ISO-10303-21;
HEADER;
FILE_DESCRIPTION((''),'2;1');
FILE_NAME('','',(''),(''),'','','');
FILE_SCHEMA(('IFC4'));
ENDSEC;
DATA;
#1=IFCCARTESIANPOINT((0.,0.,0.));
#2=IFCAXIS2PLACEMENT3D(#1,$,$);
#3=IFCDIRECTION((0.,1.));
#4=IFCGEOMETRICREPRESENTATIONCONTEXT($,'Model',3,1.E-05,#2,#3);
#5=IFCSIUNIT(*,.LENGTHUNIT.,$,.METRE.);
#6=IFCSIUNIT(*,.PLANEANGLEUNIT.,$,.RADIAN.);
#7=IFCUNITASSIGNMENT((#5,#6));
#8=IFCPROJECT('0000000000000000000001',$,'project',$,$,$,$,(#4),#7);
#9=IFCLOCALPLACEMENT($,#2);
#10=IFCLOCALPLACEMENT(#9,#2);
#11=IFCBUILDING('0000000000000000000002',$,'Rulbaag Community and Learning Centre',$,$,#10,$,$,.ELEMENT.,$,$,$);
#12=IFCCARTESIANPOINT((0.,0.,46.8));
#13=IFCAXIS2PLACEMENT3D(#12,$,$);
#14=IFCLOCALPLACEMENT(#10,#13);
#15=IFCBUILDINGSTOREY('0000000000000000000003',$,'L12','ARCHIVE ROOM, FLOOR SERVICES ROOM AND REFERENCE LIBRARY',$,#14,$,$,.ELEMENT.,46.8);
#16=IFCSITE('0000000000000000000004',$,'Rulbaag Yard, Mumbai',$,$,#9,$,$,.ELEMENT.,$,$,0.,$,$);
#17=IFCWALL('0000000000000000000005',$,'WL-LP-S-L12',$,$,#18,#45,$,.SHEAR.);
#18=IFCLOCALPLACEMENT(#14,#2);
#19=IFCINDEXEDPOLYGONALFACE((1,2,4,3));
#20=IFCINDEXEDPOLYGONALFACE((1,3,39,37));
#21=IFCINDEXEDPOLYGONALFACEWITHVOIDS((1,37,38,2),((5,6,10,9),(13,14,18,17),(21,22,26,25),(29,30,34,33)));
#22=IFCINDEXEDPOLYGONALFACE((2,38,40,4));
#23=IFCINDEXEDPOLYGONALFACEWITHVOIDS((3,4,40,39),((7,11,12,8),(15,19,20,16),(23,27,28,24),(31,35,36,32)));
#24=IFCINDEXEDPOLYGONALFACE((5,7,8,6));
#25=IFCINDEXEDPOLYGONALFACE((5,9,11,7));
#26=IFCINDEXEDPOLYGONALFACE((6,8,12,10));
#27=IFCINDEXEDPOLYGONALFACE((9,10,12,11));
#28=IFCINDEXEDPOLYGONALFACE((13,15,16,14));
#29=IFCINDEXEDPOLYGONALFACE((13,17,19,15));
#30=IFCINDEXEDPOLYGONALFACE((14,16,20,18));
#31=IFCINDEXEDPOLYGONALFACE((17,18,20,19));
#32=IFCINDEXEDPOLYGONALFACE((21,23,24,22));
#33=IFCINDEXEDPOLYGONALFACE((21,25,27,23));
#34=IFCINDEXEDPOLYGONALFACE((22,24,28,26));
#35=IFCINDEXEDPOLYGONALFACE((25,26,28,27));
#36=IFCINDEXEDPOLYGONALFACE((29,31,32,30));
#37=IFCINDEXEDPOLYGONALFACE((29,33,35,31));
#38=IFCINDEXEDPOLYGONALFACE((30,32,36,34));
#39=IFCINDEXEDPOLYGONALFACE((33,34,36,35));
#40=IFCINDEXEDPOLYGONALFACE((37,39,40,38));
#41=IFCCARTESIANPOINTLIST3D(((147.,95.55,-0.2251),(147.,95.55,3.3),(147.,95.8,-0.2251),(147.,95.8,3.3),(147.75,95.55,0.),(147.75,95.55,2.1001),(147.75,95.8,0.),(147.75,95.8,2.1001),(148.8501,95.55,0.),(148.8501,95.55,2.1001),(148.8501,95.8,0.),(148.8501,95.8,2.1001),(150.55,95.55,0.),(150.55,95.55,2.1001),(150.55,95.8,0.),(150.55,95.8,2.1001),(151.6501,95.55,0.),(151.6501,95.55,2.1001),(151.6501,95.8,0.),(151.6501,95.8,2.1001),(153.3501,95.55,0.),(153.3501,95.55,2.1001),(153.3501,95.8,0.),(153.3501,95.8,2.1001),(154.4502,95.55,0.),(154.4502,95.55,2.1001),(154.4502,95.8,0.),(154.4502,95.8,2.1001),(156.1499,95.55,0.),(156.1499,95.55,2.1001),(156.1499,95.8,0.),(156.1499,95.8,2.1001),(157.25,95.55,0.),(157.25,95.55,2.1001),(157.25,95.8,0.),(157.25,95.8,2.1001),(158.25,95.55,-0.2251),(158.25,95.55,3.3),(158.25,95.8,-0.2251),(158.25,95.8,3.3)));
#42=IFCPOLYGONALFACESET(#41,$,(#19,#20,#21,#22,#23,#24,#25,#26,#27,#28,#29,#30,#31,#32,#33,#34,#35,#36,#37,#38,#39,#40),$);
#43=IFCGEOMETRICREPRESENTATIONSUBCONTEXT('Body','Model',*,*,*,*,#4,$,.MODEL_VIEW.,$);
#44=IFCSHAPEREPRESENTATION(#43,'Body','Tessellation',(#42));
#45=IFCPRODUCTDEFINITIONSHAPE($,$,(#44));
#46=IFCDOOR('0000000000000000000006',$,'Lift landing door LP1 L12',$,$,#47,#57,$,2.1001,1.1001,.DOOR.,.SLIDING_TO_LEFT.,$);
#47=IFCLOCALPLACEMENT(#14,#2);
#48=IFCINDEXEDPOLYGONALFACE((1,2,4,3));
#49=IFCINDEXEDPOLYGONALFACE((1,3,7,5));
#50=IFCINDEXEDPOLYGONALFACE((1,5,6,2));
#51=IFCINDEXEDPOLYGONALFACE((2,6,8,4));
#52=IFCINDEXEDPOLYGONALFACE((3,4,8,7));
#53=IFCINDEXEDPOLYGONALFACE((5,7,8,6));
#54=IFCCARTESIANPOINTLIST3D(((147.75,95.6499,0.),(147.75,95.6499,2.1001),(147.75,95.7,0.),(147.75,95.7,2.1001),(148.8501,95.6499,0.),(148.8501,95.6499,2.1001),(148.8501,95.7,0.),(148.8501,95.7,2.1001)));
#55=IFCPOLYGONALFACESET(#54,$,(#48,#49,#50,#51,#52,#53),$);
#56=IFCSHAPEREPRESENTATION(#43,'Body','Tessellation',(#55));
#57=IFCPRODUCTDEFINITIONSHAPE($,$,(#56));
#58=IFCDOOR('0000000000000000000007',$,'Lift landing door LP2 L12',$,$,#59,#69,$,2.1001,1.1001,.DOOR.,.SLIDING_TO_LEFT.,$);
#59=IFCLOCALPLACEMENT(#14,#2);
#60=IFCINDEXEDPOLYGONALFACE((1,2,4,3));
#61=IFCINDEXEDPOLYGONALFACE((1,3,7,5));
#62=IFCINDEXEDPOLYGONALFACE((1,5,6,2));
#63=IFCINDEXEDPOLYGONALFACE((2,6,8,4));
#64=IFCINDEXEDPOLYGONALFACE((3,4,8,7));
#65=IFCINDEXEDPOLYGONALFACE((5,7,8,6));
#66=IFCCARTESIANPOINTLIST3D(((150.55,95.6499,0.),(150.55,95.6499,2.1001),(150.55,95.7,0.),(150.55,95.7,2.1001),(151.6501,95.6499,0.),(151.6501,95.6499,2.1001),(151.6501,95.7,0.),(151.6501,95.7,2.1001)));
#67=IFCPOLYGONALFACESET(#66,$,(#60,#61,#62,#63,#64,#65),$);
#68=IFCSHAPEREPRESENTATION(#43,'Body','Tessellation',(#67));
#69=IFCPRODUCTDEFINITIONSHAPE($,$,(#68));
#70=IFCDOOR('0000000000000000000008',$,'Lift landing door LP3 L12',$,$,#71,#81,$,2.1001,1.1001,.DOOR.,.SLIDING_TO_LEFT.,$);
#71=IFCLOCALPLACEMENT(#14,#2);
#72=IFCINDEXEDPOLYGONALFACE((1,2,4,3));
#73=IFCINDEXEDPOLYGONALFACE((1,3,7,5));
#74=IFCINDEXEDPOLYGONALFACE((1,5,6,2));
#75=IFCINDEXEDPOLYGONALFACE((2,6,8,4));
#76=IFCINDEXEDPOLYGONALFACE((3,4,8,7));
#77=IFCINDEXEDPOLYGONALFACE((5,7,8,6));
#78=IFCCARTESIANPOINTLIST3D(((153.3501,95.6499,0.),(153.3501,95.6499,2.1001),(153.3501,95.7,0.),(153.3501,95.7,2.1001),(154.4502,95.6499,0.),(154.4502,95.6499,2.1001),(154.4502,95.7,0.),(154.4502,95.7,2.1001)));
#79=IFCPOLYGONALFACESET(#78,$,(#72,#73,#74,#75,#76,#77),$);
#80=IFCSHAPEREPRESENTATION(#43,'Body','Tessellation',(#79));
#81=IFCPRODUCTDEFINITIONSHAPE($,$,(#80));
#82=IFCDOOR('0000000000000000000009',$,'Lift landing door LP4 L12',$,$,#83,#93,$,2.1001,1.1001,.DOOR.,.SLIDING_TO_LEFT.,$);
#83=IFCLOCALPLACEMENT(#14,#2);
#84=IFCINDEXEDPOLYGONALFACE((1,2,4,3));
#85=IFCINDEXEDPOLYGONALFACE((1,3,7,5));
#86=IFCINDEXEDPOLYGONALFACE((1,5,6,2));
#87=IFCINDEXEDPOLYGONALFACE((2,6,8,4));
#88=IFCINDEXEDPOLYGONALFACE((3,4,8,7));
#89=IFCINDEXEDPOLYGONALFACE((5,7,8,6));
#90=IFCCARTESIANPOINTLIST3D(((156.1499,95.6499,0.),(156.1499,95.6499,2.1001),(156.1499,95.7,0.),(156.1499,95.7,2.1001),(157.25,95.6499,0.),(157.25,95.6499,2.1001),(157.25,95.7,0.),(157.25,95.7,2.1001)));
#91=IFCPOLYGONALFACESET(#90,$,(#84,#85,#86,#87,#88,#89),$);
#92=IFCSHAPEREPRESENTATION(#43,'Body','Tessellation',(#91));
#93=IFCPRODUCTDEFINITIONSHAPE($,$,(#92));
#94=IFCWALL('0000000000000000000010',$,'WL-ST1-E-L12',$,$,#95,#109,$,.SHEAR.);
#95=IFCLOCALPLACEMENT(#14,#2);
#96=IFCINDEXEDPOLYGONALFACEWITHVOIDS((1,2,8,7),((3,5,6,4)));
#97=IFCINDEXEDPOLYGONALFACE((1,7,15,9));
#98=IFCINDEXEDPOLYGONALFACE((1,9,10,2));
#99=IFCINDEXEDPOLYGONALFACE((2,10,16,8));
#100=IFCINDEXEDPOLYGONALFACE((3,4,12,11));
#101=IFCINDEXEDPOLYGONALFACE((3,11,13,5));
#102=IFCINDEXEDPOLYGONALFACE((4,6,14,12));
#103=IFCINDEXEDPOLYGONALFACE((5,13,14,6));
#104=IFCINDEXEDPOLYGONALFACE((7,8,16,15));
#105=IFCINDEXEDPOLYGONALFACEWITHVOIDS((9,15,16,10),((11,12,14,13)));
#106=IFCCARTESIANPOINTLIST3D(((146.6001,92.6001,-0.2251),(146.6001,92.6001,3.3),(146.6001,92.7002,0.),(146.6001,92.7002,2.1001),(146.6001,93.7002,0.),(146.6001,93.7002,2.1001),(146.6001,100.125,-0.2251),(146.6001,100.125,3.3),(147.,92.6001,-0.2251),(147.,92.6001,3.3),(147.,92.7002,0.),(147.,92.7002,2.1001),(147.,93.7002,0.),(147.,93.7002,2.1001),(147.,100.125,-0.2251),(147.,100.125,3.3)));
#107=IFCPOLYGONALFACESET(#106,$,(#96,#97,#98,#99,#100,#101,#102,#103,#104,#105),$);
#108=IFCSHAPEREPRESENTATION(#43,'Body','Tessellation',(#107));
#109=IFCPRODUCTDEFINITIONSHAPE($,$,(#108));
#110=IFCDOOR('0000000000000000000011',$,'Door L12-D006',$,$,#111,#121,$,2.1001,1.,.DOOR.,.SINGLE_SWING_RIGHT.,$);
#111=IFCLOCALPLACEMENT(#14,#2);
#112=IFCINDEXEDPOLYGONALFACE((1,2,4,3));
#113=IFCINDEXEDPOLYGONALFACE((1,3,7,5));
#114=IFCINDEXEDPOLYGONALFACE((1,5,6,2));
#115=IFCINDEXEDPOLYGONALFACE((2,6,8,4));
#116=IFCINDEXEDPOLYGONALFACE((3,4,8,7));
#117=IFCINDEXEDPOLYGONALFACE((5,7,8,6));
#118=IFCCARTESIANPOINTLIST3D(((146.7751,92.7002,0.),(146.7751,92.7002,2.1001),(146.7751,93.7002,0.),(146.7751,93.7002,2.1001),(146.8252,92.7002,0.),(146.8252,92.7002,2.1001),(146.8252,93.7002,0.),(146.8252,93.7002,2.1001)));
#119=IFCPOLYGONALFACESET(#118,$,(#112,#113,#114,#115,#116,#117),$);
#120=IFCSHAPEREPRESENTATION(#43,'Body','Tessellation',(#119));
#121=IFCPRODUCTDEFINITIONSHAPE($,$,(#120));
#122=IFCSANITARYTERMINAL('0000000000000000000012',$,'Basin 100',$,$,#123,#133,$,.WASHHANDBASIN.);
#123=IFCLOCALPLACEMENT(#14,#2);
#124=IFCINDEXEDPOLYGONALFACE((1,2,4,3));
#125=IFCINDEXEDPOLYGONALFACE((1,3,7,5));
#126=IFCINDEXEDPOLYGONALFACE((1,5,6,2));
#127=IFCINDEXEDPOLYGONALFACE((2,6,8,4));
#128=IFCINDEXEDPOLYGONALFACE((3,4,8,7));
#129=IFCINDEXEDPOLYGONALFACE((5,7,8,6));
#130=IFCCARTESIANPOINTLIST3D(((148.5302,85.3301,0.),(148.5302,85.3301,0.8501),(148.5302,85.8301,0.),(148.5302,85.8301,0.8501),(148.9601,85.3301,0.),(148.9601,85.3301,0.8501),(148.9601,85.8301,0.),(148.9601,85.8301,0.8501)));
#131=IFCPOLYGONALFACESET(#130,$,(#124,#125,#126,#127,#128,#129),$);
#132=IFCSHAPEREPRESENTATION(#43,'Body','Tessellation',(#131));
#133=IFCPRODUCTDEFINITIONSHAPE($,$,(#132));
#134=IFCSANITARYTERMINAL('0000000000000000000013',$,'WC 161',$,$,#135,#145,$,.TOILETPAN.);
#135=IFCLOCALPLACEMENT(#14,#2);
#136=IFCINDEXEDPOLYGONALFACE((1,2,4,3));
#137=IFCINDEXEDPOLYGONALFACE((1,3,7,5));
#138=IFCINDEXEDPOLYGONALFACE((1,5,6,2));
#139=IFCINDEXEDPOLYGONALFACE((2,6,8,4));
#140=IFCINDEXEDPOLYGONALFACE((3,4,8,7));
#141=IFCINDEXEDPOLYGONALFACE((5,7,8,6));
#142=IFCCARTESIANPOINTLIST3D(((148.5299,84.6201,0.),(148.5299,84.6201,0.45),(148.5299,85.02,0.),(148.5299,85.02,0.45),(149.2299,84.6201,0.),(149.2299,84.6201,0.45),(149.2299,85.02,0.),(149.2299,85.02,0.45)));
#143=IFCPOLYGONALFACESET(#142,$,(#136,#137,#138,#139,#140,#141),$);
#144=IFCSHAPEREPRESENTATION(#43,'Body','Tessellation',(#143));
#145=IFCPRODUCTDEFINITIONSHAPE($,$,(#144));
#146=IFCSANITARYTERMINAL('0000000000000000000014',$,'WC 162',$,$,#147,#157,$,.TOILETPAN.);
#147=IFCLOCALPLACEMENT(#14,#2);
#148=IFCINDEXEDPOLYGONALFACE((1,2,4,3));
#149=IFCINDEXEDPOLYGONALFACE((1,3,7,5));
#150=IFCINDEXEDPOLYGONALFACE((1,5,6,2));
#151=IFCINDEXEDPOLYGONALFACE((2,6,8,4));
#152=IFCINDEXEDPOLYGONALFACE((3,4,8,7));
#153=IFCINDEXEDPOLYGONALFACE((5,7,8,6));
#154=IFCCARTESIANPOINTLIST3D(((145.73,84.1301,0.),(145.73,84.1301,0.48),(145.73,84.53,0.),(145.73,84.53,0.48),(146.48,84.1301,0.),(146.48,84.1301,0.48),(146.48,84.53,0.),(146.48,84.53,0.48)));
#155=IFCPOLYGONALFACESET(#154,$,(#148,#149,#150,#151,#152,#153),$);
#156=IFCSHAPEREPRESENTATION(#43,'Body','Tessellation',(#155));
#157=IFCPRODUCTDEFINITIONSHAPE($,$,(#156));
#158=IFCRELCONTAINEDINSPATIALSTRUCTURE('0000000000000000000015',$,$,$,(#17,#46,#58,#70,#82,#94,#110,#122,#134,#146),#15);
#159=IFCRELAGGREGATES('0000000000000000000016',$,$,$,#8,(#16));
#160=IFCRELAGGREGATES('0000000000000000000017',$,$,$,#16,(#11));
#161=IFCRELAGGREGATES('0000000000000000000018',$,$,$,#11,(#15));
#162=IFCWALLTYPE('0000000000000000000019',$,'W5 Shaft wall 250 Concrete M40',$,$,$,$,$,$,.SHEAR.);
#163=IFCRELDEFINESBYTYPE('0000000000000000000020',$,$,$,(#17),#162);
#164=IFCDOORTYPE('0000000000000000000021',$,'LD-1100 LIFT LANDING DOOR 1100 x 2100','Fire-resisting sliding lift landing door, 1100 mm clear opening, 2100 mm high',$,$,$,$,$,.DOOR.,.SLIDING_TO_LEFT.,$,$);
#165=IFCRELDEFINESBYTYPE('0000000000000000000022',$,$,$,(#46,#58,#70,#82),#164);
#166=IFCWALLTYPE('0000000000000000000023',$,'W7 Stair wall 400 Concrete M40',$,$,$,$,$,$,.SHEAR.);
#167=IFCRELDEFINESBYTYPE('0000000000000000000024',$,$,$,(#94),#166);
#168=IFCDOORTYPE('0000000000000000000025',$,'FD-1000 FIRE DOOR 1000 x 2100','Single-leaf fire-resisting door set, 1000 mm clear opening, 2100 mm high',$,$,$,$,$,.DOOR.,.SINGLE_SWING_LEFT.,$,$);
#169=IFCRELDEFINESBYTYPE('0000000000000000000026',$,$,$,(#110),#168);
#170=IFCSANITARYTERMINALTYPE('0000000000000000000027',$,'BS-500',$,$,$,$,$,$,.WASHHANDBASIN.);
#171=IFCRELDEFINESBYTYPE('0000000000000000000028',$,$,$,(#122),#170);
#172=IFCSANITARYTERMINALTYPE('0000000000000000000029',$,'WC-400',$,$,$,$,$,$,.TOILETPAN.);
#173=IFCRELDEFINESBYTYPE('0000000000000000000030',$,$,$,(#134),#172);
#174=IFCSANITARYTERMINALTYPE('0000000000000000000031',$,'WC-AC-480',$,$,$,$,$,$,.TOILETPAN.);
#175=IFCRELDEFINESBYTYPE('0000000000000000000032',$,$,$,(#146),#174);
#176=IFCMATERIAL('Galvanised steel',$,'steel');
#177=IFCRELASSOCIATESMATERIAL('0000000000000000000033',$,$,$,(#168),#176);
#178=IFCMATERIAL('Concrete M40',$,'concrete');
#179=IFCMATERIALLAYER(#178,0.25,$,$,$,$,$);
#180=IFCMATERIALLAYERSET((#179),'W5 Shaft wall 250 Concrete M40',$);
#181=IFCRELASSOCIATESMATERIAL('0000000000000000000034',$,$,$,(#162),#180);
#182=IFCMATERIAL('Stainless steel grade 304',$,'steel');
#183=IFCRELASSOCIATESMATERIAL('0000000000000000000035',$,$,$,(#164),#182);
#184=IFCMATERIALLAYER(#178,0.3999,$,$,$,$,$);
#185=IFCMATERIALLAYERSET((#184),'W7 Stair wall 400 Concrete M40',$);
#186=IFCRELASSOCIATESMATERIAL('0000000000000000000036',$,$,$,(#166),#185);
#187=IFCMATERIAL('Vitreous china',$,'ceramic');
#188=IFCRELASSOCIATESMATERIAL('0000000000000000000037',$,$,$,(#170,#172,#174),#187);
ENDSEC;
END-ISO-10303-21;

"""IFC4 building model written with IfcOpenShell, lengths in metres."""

from ifc_helpers import new_model, si_unit, direction, frame, frame_2d, origin, origin_2d, place, context, subcontext, project, spatial, rectangle, extrude, material, layer, layer_set, type_object, element, fill, save


model = new_model("IFC4")

# Units and contexts
model_context = context("Model", 3, precision=1e-05, world=origin(), true_north=direction((0.0, 1.0)))
body_context = subcontext(model_context, "Body", "Model", "MODEL_VIEW")
ifc_project = project(units=[si_unit("LENGTHUNIT", "METRE"), si_unit("PLANEANGLEUNIT", "RADIAN")], contexts=[model_context])

# Site, building, storey
site_placement = place(None, origin())
site = spatial("IfcSite", under=ifc_project, at=site_placement, Name="Rulbaag Yard, Mumbai", CompositionType="ELEMENT", RefElevation=0.0)
building_placement = place(site_placement, origin())
building = spatial("IfcBuilding", under=site, at=building_placement, Name="Rulbaag Community and Learning Centre", CompositionType="ELEMENT")
storey_placement = place(building_placement, frame((0.0, 0.0, 46.8)))
storey = spatial("IfcBuildingStorey", under=building, at=storey_placement, Name="L12", Description="ARCHIVE ROOM, FLOOR SERVICES ROOM AND REFERENCE LIBRARY", CompositionType="ELEMENT", Elevation=46.8)

# Shared definitions
ifc_material_1 = material(Name="Concrete M40", Category="concrete")

# Shared definitions
ifc_material_2 = material(Name="Galvanised steel", Category="steel")
door_type_1 = type_object("IfcDoorType", Name="FD-1000 FIRE DOOR 1000 x 2100", Description="Single-leaf fire-resisting door set, 1000 mm clear opening, 2100 mm high", OperationType="SINGLE_SWING_LEFT", PredefinedType="DOOR", material=ifc_material_2)

# Wall, openings, doors
ifc_layer_1 = layer(ifc_material_1, 0.25)
ifc_layer_set_1 = layer_set([ifc_layer_1], Name="W5 Shaft wall 250 Concrete M40")
wall_type_1 = type_object("IfcWallType", Name="W5 Shaft wall 250 Concrete M40", PredefinedType="SHEAR", material=ifc_layer_set_1)
wall_1_placement = place(storey_placement, frame((147.0, 95.675, -0.2251), z_axis=(0.0, 0.0, 1.0), x_axis=(1.0, 0.0, 0.0)))
wall_1 = element("IfcWall", 1, at=wall_1_placement, inside=storey, type_object=wall_type_1, Name="WL-LP-S-L12", PredefinedType="SHEAR", context=body_context, shape_type="SweptSolid", body=[
    extrude(rectangle(XDim=11.25, YDim=0.25, at=frame_2d((5.625, 0.0))), origin(), (0.0, 0.0, 1.0), 3.5251),
])
opening_1_placement = place(wall_1_placement, frame((0.75, 0.0, 0.2251)))
opening_1 = element("IfcOpeningElement", 2, at=opening_1_placement, cuts=wall_1, PredefinedType="OPENING", context=body_context, shape_type="SweptSolid", body=[
    extrude(rectangle(XDim=1.1001, YDim=2.1001, at=frame_2d((0.55, 1.05))), frame((0.0, 0.135, 0.0), z_axis=(0.0, -1.0, 0.0), x_axis=(1.0, 0.0, 0.0)), (0.0, 0.0, 1.0), 0.27),
])
opening_2_placement = place(wall_1_placement, frame((3.55, 0.0, 0.2251)))
opening_2 = element("IfcOpeningElement", 3, at=opening_2_placement, cuts=wall_1, PredefinedType="OPENING", context=body_context, shape_type="SweptSolid", body=[
    extrude(rectangle(XDim=1.1001, YDim=2.1001, at=frame_2d((0.55, 1.05))), frame((0.0, 0.135, 0.0), z_axis=(0.0, -1.0, 0.0), x_axis=(1.0, 0.0, 0.0)), (0.0, 0.0, 1.0), 0.27),
])
opening_3_placement = place(wall_1_placement, frame((6.3501, 0.0, 0.2251)))
opening_3 = element("IfcOpeningElement", 4, at=opening_3_placement, cuts=wall_1, PredefinedType="OPENING", context=body_context, shape_type="SweptSolid", body=[
    extrude(rectangle(XDim=1.1001, YDim=2.1001, at=frame_2d((0.55, 1.05))), frame((0.0, 0.135, 0.0), z_axis=(0.0, -1.0, 0.0), x_axis=(1.0, 0.0, 0.0)), (0.0, 0.0, 1.0), 0.27),
])
opening_4_placement = place(wall_1_placement, frame((9.1499, 0.0, 0.2251)))
opening_4 = element("IfcOpeningElement", 5, at=opening_4_placement, cuts=wall_1, PredefinedType="OPENING", context=body_context, shape_type="SweptSolid", body=[
    extrude(rectangle(XDim=1.1001, YDim=2.1001, at=frame_2d((0.55, 1.05))), frame((0.0, 0.135, 0.0), z_axis=(0.0, -1.0, 0.0), x_axis=(1.0, 0.0, 0.0)), (0.0, 0.0, 1.0), 0.27),
])
ifc_material_3 = material(Name="Stainless steel grade 304", Category="steel")
door_type_2 = type_object("IfcDoorType", Name="LD-1100 LIFT LANDING DOOR 1100 x 2100", Description="Fire-resisting sliding lift landing door, 1100 mm clear opening, 2100 mm high", OperationType="SLIDING_TO_LEFT", PredefinedType="DOOR", material=ifc_material_3)
door_1_placement = place(opening_1_placement, origin())
door_1 = element("IfcDoor", 6, at=door_1_placement, inside=storey, type_object=door_type_2, Name="Lift landing door LP1 L12", OperationType="SLIDING_TO_LEFT", OverallHeight=2.1001, OverallWidth=1.1001, PredefinedType="DOOR", context=body_context, shape_type="SweptSolid", body=[
    extrude(rectangle(XDim=1.1001, YDim=2.1001, at=frame_2d((0.55, 1.05))), frame((0.0, 0.0249, 0.0), z_axis=(0.0, -1.0, 0.0), x_axis=(1.0, 0.0, 0.0)), (0.0, 0.0, 1.0), 0.05),
])
fill(opening_1, door_1)
door_2_placement = place(opening_2_placement, origin())
door_2 = element("IfcDoor", 7, at=door_2_placement, inside=storey, type_object=door_type_2, Name="Lift landing door LP2 L12", OperationType="SLIDING_TO_LEFT", OverallHeight=2.1001, OverallWidth=1.1001, PredefinedType="DOOR", context=body_context, shape_type="SweptSolid", body=[
    extrude(rectangle(XDim=1.1001, YDim=2.1001, at=frame_2d((0.55, 1.05))), frame((0.0, 0.0249, 0.0), z_axis=(0.0, -1.0, 0.0), x_axis=(1.0, 0.0, 0.0)), (0.0, 0.0, 1.0), 0.05),
])
fill(opening_2, door_2)
door_3_placement = place(opening_3_placement, origin())
door_3 = element("IfcDoor", 8, at=door_3_placement, inside=storey, type_object=door_type_2, Name="Lift landing door LP3 L12", OperationType="SLIDING_TO_LEFT", OverallHeight=2.1001, OverallWidth=1.1001, PredefinedType="DOOR", context=body_context, shape_type="SweptSolid", body=[
    extrude(rectangle(XDim=1.1001, YDim=2.1001, at=frame_2d((0.55, 1.05))), frame((0.0, 0.0249, 0.0), z_axis=(0.0, -1.0, 0.0), x_axis=(1.0, 0.0, 0.0)), (0.0, 0.0, 1.0), 0.05),
])
fill(opening_3, door_3)
door_4_placement = place(opening_4_placement, origin())
door_4 = element("IfcDoor", 9, at=door_4_placement, inside=storey, type_object=door_type_2, Name="Lift landing door LP4 L12", OperationType="SLIDING_TO_LEFT", OverallHeight=2.1001, OverallWidth=1.1001, PredefinedType="DOOR", context=body_context, shape_type="SweptSolid", body=[
    extrude(rectangle(XDim=1.1001, YDim=2.1001, at=frame_2d((0.55, 1.05))), frame((0.0, 0.0249, 0.0), z_axis=(0.0, -1.0, 0.0), x_axis=(1.0, 0.0, 0.0)), (0.0, 0.0, 1.0), 0.05),
])
fill(opening_4, door_4)

# Wall, opening, door
ifc_layer_2 = layer(ifc_material_1, 0.3999)
ifc_layer_set_2 = layer_set([ifc_layer_2], Name="W7 Stair wall 400 Concrete M40")
wall_type_2 = type_object("IfcWallType", Name="W7 Stair wall 400 Concrete M40", PredefinedType="SHEAR", material=ifc_layer_set_2)
wall_2_placement = place(storey_placement, frame((146.8, 92.6001, -0.2251), z_axis=(0.0, 0.0, 1.0), x_axis=(0.0, 1.0, 0.0)))
wall_2 = element("IfcWall", 10, at=wall_2_placement, inside=storey, type_object=wall_type_2, Name="WL-ST1-E-L12", PredefinedType="SHEAR", context=body_context, shape_type="SweptSolid", body=[
    extrude(rectangle(XDim=7.5249, YDim=0.3999, at=frame_2d((3.7625, 0.0))), origin(), (0.0, 0.0, 1.0), 3.5251),
])
opening_5_placement = place(wall_2_placement, frame((0.1001, 0.0, 0.2251)))
opening_5 = element("IfcOpeningElement", 11, at=opening_5_placement, cuts=wall_2, PredefinedType="OPENING", context=body_context, shape_type="SweptSolid", body=[
    extrude(rectangle(XDim=1.0, YDim=2.1001, at=frame_2d((0.5, 1.05))), frame((0.0, 0.21, 0.0), z_axis=(0.0, -1.0, 0.0), x_axis=(1.0, 0.0, 0.0)), (0.0, 0.0, 1.0), 0.4199),
])
door_5_placement = place(opening_5_placement, origin())
door_5 = element("IfcDoor", 12, at=door_5_placement, inside=storey, type_object=door_type_1, Name="Door L12-D006", OperationType="SINGLE_SWING_RIGHT", OverallHeight=2.1001, OverallWidth=1.0, PredefinedType="DOOR", context=body_context, shape_type="SweptSolid", body=[
    extrude(rectangle(XDim=1.0, YDim=2.1001, at=frame_2d((0.5, 1.05))), frame((0.0, 0.0249, 0.0), z_axis=(0.0, -1.0, 0.0), x_axis=(1.0, 0.0, 0.0)), (0.0, 0.0, 1.0), 0.05),
])
fill(opening_5, door_5)

# Sanitary terminals
ifc_material_4 = material(Name="Vitreous china", Category="ceramic")
sanitary_terminal_type_1 = type_object("IfcSanitaryTerminalType", Name="BS-500", PredefinedType="WASHHANDBASIN", material=ifc_material_4)
sanitary_terminal_1_placement = place(storey_placement, frame((148.7451, 85.5801, 0.0), z_axis=(0.0, 0.0, 1.0), x_axis=(1.0, 0.0, 0.0)))
element("IfcSanitaryTerminal", 13, at=sanitary_terminal_1_placement, inside=storey, type_object=sanitary_terminal_type_1, Name="Basin 100", PredefinedType="WASHHANDBASIN", context=body_context, shape_type="SweptSolid", body=[
    extrude(rectangle(XDim=0.4299, YDim=0.5, at=origin_2d()), origin(), (0.0, 0.0, 1.0), 0.8501),
])
sanitary_terminal_type_2 = type_object("IfcSanitaryTerminalType", Name="WC-400", PredefinedType="TOILETPAN", material=ifc_material_4)
sanitary_terminal_2_placement = place(storey_placement, frame((148.8799, 84.8201, 0.0), z_axis=(0.0, 0.0, 1.0), x_axis=(1.0, 0.0, 0.0)))
element("IfcSanitaryTerminal", 14, at=sanitary_terminal_2_placement, inside=storey, type_object=sanitary_terminal_type_2, Name="WC 161", PredefinedType="TOILETPAN", context=body_context, shape_type="SweptSolid", body=[
    extrude(rectangle(XDim=0.7, YDim=0.3999, at=origin_2d()), origin(), (0.0, 0.0, 1.0), 0.45),
])
sanitary_terminal_type_3 = type_object("IfcSanitaryTerminalType", Name="WC-AC-480", PredefinedType="TOILETPAN", material=ifc_material_4)
sanitary_terminal_3_placement = place(storey_placement, frame((146.105, 84.3301, 0.0), z_axis=(0.0, 0.0, 1.0), x_axis=(1.0, 0.0, 0.0)))
element("IfcSanitaryTerminal", 15, at=sanitary_terminal_3_placement, inside=storey, type_object=sanitary_terminal_type_3, Name="WC 162", PredefinedType="TOILETPAN", context=body_context, shape_type="SweptSolid", body=[
    extrude(rectangle(XDim=0.75, YDim=0.3999, at=origin_2d()), origin(), (0.0, 0.0, 1.0), 0.48),
])

save(model, "model.ifc")
